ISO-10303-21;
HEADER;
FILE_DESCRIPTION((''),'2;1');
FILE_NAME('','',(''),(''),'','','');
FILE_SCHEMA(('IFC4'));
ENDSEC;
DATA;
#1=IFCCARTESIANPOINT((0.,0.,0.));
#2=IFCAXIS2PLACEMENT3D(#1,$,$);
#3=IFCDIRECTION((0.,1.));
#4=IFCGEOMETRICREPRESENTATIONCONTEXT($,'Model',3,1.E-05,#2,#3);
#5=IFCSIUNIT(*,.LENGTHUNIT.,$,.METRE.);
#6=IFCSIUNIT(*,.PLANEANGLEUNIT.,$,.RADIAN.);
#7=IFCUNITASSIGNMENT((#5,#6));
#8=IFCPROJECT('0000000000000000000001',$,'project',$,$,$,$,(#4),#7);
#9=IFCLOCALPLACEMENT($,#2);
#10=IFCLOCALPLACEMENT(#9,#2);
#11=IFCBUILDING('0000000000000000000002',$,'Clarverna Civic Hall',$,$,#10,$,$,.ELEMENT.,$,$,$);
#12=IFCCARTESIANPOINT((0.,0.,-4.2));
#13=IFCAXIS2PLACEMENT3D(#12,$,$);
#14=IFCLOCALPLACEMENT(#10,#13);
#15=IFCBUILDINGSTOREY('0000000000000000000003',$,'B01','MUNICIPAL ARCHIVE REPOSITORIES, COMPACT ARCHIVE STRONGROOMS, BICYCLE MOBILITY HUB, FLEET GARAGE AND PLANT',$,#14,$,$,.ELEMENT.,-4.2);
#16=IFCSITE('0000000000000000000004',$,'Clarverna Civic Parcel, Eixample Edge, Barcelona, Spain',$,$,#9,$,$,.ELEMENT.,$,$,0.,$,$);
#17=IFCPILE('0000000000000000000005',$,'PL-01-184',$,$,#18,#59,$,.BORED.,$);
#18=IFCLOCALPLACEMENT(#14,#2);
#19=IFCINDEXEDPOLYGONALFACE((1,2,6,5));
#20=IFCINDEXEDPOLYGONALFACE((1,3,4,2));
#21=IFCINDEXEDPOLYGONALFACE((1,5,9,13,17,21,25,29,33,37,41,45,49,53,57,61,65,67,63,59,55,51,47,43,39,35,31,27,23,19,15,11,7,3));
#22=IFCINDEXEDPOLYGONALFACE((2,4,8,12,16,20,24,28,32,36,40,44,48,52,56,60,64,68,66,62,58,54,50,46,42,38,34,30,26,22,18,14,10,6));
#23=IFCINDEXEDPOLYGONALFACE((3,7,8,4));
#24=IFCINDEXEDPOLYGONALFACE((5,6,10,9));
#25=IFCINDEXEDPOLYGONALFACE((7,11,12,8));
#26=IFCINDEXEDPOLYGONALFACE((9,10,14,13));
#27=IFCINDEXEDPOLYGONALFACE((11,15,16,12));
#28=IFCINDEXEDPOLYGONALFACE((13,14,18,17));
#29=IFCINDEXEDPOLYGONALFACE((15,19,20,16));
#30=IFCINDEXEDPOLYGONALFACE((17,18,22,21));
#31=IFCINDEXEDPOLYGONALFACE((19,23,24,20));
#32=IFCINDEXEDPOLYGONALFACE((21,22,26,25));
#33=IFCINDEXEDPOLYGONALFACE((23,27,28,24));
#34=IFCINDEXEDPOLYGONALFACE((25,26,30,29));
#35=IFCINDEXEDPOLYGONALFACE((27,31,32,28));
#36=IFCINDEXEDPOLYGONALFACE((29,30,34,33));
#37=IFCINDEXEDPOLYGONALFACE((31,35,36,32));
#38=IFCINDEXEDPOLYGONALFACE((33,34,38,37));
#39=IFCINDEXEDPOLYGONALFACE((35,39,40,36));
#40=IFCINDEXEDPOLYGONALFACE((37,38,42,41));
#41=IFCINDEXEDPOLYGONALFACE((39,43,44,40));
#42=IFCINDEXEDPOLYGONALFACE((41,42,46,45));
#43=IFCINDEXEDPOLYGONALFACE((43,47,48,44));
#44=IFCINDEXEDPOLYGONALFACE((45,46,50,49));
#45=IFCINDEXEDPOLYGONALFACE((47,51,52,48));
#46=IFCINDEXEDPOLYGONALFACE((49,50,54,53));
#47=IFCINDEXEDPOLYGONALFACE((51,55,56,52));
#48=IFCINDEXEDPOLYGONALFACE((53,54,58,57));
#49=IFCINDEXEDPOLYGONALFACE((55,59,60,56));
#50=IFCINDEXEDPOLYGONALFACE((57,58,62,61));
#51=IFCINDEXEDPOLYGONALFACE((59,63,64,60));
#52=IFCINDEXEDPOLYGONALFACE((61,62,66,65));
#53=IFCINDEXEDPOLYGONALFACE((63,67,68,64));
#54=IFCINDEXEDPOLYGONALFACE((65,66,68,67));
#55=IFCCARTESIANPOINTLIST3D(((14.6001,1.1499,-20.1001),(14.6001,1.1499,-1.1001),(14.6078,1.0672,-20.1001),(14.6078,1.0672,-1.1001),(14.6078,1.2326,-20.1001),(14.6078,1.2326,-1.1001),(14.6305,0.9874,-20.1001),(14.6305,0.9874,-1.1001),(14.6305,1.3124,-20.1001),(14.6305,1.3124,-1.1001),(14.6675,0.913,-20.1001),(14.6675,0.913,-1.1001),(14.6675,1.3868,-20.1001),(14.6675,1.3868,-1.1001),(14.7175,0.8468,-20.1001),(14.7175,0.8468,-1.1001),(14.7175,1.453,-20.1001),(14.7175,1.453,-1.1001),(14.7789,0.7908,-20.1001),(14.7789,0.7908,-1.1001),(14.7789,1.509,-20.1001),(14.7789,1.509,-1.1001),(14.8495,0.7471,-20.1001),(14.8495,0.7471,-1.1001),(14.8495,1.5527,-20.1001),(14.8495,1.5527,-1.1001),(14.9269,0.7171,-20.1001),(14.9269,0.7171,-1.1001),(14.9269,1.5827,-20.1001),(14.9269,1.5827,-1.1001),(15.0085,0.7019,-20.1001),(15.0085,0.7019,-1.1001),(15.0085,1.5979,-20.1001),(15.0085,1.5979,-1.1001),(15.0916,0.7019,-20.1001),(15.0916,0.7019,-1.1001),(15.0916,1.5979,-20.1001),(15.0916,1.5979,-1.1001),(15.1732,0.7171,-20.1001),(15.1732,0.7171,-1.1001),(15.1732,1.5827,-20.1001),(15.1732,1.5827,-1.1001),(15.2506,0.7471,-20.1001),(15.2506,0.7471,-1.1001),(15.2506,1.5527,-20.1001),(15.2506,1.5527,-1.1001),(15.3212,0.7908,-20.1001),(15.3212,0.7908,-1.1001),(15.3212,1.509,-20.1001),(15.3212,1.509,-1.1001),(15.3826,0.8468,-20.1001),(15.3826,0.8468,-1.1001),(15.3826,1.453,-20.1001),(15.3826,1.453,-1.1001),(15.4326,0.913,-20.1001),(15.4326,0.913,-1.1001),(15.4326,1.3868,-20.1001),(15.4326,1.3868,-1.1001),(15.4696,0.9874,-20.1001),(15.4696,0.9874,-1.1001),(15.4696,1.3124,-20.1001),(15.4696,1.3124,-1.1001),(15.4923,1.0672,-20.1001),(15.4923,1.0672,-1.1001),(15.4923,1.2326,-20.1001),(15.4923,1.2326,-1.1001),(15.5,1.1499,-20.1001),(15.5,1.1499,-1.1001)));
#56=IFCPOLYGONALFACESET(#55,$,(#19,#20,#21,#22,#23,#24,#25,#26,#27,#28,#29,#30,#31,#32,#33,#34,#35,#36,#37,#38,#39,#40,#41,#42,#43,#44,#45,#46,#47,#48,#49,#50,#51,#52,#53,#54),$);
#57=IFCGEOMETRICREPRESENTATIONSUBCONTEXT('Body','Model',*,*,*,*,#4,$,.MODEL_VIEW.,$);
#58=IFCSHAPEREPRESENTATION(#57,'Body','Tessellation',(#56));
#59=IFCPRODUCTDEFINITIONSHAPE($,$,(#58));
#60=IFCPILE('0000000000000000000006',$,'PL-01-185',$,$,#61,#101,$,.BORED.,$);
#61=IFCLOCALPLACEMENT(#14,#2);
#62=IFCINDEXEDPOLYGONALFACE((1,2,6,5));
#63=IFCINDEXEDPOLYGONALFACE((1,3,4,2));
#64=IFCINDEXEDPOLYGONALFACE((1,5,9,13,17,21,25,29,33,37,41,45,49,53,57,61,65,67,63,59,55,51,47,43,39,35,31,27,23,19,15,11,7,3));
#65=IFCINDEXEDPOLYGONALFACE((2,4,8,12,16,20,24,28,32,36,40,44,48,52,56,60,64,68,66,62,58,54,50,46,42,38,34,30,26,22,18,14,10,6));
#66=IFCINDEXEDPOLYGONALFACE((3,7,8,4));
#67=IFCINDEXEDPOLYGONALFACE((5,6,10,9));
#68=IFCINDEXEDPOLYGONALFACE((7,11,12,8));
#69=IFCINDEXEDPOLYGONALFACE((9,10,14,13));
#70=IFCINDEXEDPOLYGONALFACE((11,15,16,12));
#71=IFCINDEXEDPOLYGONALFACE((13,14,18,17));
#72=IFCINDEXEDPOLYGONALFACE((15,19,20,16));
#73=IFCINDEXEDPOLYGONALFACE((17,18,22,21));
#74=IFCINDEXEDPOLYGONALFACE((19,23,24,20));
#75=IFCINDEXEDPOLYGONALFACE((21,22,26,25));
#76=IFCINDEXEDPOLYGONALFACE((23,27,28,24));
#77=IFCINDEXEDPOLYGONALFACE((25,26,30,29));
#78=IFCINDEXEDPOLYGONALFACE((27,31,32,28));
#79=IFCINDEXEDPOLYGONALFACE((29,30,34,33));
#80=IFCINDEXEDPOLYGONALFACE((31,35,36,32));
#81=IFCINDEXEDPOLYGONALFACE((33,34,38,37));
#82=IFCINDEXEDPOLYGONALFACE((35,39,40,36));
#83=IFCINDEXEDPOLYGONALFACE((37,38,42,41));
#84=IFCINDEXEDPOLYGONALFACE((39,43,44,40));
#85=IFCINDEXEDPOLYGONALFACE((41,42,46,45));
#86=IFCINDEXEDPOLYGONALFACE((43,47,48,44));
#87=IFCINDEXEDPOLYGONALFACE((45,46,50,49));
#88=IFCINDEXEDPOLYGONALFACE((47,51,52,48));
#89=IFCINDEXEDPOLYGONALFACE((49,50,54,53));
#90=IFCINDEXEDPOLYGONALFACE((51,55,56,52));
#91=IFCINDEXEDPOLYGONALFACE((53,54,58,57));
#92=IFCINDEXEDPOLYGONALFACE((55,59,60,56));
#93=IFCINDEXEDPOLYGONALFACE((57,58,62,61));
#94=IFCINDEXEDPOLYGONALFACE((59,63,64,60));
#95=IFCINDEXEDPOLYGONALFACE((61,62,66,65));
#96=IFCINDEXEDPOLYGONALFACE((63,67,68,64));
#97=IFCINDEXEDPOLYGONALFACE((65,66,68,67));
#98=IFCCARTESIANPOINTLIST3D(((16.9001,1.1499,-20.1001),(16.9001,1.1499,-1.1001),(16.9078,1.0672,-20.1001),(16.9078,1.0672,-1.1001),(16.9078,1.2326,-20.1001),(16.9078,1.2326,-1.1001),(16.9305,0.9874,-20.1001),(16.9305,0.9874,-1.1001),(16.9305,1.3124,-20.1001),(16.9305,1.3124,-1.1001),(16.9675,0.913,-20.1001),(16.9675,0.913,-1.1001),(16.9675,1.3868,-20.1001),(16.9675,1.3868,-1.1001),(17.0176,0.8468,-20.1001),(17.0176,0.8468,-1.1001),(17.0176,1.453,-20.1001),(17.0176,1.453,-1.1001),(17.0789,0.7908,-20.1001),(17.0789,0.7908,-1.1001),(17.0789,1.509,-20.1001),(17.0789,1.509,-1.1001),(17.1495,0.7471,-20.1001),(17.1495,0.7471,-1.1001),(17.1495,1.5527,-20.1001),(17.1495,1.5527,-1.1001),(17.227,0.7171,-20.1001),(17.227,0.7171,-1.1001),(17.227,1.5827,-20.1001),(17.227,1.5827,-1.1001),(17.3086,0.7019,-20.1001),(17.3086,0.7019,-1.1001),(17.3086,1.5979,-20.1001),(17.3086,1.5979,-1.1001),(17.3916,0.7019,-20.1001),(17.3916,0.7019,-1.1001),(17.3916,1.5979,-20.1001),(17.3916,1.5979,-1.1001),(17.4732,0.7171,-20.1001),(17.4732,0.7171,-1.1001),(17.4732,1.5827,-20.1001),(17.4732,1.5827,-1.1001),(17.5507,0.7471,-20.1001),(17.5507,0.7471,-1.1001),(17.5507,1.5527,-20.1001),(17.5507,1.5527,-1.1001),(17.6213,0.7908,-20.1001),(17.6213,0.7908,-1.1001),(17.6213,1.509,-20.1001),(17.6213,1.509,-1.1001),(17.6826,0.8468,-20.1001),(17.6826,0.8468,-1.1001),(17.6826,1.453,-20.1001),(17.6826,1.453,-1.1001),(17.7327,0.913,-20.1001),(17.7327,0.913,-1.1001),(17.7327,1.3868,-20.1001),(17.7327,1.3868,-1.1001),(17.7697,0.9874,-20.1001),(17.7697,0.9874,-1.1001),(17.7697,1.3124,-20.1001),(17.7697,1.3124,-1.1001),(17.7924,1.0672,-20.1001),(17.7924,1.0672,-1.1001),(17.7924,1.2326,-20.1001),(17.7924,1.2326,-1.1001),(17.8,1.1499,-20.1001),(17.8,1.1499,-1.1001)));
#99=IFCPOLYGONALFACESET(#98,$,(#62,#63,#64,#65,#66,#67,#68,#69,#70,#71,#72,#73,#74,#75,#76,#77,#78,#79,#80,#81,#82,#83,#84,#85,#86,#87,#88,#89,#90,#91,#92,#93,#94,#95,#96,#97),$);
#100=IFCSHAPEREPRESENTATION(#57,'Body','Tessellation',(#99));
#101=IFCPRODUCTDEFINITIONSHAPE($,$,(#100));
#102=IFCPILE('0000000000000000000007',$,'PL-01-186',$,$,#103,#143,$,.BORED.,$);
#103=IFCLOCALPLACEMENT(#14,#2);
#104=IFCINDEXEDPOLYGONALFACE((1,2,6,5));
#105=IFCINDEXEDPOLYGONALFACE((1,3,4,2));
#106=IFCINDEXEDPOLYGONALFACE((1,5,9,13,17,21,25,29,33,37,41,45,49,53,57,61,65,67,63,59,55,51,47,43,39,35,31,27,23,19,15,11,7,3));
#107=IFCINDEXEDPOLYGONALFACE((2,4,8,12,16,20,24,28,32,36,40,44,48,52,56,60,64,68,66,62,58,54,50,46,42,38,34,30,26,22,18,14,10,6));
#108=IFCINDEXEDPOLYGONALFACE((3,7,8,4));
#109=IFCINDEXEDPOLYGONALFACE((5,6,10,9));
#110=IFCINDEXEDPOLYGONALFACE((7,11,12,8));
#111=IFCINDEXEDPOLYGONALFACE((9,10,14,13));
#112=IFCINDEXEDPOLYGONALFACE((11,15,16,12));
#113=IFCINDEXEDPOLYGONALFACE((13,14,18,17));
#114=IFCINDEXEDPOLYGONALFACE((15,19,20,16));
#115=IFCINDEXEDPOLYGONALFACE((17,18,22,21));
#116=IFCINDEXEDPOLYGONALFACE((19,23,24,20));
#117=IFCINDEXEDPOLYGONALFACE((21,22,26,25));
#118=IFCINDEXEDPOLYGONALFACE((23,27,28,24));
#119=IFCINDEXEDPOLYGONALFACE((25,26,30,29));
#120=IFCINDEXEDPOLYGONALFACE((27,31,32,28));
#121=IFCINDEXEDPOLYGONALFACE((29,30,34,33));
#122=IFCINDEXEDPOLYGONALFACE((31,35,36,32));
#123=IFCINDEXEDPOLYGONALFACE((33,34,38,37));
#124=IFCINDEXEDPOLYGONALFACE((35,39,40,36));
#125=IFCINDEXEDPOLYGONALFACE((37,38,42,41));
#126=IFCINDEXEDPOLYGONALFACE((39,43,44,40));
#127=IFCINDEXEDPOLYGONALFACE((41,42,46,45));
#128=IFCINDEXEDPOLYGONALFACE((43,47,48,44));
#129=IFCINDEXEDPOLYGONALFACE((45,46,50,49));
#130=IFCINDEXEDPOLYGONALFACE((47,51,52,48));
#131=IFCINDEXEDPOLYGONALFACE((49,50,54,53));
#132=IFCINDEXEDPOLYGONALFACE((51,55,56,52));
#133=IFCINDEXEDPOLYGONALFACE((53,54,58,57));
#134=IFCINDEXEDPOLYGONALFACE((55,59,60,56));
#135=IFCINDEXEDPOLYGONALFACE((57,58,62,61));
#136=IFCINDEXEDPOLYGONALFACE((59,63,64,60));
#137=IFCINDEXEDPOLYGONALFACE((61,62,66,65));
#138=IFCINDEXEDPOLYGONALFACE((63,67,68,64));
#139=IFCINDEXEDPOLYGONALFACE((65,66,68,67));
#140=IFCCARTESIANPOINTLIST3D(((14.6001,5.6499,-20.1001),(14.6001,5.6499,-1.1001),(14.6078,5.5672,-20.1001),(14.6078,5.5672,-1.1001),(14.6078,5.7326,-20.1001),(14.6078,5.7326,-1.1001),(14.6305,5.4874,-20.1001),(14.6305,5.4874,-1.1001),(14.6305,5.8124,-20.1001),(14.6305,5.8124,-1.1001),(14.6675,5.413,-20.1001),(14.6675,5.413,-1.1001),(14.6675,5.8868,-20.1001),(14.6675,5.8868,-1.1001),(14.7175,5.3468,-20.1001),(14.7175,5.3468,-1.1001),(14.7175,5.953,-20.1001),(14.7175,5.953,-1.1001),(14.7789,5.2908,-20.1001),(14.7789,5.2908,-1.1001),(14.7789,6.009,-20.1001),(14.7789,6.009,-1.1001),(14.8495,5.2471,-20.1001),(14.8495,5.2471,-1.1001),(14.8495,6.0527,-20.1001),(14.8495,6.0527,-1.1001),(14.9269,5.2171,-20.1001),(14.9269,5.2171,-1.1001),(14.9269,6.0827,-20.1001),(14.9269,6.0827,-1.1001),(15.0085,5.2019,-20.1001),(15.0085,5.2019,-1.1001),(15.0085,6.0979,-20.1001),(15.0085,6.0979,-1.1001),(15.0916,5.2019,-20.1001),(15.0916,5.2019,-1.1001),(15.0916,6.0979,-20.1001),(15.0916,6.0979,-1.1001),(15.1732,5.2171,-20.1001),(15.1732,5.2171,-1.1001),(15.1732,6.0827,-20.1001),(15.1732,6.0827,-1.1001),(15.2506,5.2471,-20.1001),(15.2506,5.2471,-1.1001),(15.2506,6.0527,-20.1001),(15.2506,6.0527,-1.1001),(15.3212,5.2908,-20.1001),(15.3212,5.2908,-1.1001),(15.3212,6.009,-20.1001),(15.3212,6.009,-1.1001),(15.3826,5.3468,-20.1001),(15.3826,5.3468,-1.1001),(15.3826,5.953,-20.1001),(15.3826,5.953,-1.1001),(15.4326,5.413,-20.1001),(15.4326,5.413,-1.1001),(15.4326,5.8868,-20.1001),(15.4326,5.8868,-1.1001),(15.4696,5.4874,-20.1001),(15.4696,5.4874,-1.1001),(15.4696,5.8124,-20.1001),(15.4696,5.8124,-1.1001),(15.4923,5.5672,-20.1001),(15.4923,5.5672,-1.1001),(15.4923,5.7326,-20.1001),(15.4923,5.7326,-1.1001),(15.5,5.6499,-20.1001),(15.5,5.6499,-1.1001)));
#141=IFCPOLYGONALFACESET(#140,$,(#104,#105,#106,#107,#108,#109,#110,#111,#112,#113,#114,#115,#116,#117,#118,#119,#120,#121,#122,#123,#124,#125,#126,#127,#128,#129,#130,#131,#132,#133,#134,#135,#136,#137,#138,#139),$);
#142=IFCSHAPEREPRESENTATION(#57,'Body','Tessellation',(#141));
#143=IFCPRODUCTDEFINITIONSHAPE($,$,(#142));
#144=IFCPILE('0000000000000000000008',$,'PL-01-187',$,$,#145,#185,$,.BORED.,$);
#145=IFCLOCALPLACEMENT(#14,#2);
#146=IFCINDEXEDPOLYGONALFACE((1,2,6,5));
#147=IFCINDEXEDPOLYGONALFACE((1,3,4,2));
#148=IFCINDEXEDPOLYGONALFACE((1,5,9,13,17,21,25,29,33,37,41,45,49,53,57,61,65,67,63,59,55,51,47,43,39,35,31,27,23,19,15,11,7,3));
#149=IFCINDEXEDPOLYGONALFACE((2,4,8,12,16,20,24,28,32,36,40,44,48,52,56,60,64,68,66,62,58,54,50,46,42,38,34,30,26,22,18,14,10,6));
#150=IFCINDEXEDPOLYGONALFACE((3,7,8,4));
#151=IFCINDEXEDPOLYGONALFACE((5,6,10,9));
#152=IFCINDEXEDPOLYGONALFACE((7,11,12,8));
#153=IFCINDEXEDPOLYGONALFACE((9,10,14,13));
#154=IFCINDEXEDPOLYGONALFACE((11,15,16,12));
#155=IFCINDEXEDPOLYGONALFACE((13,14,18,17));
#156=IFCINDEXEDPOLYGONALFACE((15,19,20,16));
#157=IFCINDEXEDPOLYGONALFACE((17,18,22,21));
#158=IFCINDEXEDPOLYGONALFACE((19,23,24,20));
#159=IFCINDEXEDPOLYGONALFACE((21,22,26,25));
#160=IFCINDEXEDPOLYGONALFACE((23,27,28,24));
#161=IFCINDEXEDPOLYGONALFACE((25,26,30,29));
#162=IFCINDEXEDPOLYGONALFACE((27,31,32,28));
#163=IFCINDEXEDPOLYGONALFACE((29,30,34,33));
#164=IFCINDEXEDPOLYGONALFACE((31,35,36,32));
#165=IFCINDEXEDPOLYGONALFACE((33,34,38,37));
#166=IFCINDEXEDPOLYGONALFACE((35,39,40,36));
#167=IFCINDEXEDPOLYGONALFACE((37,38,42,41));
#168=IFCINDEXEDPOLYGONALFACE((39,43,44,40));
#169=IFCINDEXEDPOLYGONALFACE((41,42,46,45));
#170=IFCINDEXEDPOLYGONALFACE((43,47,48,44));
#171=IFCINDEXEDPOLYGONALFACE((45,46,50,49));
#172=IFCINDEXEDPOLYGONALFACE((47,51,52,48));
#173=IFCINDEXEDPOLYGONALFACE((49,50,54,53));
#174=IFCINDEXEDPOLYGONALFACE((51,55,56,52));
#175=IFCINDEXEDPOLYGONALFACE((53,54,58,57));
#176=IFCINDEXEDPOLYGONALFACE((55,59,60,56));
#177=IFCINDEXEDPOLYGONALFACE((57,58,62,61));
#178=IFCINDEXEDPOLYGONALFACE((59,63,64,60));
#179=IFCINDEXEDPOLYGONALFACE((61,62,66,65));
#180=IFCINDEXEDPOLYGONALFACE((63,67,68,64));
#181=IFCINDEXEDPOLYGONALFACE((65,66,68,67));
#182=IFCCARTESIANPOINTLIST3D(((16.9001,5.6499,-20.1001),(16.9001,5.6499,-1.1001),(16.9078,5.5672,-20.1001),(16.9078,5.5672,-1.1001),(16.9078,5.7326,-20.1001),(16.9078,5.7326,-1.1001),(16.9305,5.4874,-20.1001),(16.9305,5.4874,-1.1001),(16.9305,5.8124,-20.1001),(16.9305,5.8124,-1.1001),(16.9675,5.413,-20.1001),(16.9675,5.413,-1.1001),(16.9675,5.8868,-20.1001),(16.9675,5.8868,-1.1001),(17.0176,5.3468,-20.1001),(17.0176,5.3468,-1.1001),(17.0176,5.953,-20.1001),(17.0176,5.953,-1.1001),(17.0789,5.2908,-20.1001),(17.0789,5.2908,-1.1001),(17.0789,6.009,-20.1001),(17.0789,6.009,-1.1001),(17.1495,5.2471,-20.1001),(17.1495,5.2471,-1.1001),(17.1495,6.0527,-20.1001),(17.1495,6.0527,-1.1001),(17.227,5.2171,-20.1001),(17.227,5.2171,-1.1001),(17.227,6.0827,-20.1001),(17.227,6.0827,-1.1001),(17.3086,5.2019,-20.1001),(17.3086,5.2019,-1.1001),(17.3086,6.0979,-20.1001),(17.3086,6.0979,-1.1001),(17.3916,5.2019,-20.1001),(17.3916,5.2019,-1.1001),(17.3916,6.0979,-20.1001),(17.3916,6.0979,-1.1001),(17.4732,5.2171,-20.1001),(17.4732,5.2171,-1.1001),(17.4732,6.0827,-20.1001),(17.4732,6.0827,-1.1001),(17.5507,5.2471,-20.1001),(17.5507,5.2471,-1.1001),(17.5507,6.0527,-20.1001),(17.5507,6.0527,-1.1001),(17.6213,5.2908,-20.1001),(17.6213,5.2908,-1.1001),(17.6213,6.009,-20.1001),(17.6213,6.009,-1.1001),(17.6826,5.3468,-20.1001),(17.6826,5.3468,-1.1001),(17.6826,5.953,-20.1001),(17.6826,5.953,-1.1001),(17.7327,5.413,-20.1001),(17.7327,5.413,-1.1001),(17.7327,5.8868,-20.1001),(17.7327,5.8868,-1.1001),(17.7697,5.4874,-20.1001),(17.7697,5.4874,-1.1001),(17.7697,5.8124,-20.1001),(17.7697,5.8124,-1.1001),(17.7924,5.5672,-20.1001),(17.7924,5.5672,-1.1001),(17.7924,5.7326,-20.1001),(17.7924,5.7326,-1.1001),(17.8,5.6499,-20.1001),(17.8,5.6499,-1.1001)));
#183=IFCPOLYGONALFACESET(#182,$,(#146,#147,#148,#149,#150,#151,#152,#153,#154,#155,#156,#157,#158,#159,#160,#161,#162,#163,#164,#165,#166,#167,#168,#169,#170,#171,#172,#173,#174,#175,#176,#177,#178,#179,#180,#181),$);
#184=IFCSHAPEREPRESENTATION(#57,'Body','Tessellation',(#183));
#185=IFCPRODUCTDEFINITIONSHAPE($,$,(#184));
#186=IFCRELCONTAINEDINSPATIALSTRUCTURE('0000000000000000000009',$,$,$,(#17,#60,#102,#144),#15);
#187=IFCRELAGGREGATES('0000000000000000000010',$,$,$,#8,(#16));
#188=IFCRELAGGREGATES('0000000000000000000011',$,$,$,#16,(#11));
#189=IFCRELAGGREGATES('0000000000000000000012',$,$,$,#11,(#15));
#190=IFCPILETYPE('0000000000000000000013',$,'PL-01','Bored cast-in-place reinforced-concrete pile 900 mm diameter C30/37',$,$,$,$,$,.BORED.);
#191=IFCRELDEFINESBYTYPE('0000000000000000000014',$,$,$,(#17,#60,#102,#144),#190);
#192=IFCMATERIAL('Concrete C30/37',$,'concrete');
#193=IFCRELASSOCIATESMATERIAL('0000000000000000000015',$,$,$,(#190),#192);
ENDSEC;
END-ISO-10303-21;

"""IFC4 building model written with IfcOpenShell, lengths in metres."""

from ifc_helpers import new_model, si_unit, direction, frame, origin, origin_2d, place, context, subcontext, project, spatial, circle, extrude, material, material_profile, profile_set, type_object, element, save


model = new_model("IFC4")

# Units and contexts
model_context = context("Model", 3, precision=1e-05, world=origin(), true_north=direction((0.0, 1.0)))
body_context = subcontext(model_context, "Body", "Model", "MODEL_VIEW")
ifc_project = project(units=[si_unit("LENGTHUNIT", "METRE"), si_unit("PLANEANGLEUNIT", "RADIAN")], contexts=[model_context])

# Site, building, storey
site_placement = place(None, origin())
site = spatial("IfcSite", under=ifc_project, at=site_placement, Name="Clarverna Civic Parcel, Eixample Edge, Barcelona, Spain", CompositionType="ELEMENT", RefElevation=0.0)
building_placement = place(site_placement, origin())
building = spatial("IfcBuilding", under=site, at=building_placement, Name="Clarverna Civic Hall", CompositionType="ELEMENT")
storey_placement = place(building_placement, frame((0.0, 0.0, -4.2)))
storey = spatial("IfcBuildingStorey", under=building, at=storey_placement, Name="B01", Description="MUNICIPAL ARCHIVE REPOSITORIES, COMPACT ARCHIVE STRONGROOMS, BICYCLE MOBILITY HUB, FLEET GARAGE AND PLANT", CompositionType="ELEMENT", Elevation=-4.2)

# Shared definitions
ifc_material_1 = material(Name="Concrete C30/37", Category="concrete")

# Piles
ifc_material_profile_1 = material_profile(ifc_material_1, circle(Radius=0.45, at=origin_2d()), Name="BORED PILE D900")
ifc_profile_set_1 = profile_set([ifc_material_profile_1], Name="Concrete C30/37")
pile_type_1 = type_object("IfcPileType", Name="PL-01", Description="Bored cast-in-place reinforced-concrete pile 900 mm diameter C30/37", PredefinedType="BORED", material=ifc_profile_set_1)
for number, where, z_axis, x_axis, name in (
    (1, (15.05, 1.1499, -1.1001), (0.0, 0.0, -1.0), (1.0, 0.0, 0.0), "PL-01-184"),
    (2, (17.3501, 1.1499, -1.1001), (0.0, 0.0, -1.0), (1.0, 0.0, 0.0), "PL-01-185"),
    (3, (15.05, 5.6499, -1.1001), (0.0, 0.0, -1.0), (1.0, 0.0, 0.0), "PL-01-186"),
    (4, (17.3501, 5.6499, -1.1001), (0.0, 0.0, -1.0), (1.0, 0.0, 0.0), "PL-01-187"),
):
    element("IfcPile", number, at=place(storey_placement, frame(where, z_axis=z_axis, x_axis=x_axis)), inside=storey, type_object=pile_type_1, Name=name, PredefinedType="BORED", context=body_context, shape_type="SweptSolid", body=[
        extrude(circle(Radius=0.45, at=origin_2d()), origin(), (0.0, 0.0, 1.0), 19.0),
    ])

save(model, "model.ifc")
